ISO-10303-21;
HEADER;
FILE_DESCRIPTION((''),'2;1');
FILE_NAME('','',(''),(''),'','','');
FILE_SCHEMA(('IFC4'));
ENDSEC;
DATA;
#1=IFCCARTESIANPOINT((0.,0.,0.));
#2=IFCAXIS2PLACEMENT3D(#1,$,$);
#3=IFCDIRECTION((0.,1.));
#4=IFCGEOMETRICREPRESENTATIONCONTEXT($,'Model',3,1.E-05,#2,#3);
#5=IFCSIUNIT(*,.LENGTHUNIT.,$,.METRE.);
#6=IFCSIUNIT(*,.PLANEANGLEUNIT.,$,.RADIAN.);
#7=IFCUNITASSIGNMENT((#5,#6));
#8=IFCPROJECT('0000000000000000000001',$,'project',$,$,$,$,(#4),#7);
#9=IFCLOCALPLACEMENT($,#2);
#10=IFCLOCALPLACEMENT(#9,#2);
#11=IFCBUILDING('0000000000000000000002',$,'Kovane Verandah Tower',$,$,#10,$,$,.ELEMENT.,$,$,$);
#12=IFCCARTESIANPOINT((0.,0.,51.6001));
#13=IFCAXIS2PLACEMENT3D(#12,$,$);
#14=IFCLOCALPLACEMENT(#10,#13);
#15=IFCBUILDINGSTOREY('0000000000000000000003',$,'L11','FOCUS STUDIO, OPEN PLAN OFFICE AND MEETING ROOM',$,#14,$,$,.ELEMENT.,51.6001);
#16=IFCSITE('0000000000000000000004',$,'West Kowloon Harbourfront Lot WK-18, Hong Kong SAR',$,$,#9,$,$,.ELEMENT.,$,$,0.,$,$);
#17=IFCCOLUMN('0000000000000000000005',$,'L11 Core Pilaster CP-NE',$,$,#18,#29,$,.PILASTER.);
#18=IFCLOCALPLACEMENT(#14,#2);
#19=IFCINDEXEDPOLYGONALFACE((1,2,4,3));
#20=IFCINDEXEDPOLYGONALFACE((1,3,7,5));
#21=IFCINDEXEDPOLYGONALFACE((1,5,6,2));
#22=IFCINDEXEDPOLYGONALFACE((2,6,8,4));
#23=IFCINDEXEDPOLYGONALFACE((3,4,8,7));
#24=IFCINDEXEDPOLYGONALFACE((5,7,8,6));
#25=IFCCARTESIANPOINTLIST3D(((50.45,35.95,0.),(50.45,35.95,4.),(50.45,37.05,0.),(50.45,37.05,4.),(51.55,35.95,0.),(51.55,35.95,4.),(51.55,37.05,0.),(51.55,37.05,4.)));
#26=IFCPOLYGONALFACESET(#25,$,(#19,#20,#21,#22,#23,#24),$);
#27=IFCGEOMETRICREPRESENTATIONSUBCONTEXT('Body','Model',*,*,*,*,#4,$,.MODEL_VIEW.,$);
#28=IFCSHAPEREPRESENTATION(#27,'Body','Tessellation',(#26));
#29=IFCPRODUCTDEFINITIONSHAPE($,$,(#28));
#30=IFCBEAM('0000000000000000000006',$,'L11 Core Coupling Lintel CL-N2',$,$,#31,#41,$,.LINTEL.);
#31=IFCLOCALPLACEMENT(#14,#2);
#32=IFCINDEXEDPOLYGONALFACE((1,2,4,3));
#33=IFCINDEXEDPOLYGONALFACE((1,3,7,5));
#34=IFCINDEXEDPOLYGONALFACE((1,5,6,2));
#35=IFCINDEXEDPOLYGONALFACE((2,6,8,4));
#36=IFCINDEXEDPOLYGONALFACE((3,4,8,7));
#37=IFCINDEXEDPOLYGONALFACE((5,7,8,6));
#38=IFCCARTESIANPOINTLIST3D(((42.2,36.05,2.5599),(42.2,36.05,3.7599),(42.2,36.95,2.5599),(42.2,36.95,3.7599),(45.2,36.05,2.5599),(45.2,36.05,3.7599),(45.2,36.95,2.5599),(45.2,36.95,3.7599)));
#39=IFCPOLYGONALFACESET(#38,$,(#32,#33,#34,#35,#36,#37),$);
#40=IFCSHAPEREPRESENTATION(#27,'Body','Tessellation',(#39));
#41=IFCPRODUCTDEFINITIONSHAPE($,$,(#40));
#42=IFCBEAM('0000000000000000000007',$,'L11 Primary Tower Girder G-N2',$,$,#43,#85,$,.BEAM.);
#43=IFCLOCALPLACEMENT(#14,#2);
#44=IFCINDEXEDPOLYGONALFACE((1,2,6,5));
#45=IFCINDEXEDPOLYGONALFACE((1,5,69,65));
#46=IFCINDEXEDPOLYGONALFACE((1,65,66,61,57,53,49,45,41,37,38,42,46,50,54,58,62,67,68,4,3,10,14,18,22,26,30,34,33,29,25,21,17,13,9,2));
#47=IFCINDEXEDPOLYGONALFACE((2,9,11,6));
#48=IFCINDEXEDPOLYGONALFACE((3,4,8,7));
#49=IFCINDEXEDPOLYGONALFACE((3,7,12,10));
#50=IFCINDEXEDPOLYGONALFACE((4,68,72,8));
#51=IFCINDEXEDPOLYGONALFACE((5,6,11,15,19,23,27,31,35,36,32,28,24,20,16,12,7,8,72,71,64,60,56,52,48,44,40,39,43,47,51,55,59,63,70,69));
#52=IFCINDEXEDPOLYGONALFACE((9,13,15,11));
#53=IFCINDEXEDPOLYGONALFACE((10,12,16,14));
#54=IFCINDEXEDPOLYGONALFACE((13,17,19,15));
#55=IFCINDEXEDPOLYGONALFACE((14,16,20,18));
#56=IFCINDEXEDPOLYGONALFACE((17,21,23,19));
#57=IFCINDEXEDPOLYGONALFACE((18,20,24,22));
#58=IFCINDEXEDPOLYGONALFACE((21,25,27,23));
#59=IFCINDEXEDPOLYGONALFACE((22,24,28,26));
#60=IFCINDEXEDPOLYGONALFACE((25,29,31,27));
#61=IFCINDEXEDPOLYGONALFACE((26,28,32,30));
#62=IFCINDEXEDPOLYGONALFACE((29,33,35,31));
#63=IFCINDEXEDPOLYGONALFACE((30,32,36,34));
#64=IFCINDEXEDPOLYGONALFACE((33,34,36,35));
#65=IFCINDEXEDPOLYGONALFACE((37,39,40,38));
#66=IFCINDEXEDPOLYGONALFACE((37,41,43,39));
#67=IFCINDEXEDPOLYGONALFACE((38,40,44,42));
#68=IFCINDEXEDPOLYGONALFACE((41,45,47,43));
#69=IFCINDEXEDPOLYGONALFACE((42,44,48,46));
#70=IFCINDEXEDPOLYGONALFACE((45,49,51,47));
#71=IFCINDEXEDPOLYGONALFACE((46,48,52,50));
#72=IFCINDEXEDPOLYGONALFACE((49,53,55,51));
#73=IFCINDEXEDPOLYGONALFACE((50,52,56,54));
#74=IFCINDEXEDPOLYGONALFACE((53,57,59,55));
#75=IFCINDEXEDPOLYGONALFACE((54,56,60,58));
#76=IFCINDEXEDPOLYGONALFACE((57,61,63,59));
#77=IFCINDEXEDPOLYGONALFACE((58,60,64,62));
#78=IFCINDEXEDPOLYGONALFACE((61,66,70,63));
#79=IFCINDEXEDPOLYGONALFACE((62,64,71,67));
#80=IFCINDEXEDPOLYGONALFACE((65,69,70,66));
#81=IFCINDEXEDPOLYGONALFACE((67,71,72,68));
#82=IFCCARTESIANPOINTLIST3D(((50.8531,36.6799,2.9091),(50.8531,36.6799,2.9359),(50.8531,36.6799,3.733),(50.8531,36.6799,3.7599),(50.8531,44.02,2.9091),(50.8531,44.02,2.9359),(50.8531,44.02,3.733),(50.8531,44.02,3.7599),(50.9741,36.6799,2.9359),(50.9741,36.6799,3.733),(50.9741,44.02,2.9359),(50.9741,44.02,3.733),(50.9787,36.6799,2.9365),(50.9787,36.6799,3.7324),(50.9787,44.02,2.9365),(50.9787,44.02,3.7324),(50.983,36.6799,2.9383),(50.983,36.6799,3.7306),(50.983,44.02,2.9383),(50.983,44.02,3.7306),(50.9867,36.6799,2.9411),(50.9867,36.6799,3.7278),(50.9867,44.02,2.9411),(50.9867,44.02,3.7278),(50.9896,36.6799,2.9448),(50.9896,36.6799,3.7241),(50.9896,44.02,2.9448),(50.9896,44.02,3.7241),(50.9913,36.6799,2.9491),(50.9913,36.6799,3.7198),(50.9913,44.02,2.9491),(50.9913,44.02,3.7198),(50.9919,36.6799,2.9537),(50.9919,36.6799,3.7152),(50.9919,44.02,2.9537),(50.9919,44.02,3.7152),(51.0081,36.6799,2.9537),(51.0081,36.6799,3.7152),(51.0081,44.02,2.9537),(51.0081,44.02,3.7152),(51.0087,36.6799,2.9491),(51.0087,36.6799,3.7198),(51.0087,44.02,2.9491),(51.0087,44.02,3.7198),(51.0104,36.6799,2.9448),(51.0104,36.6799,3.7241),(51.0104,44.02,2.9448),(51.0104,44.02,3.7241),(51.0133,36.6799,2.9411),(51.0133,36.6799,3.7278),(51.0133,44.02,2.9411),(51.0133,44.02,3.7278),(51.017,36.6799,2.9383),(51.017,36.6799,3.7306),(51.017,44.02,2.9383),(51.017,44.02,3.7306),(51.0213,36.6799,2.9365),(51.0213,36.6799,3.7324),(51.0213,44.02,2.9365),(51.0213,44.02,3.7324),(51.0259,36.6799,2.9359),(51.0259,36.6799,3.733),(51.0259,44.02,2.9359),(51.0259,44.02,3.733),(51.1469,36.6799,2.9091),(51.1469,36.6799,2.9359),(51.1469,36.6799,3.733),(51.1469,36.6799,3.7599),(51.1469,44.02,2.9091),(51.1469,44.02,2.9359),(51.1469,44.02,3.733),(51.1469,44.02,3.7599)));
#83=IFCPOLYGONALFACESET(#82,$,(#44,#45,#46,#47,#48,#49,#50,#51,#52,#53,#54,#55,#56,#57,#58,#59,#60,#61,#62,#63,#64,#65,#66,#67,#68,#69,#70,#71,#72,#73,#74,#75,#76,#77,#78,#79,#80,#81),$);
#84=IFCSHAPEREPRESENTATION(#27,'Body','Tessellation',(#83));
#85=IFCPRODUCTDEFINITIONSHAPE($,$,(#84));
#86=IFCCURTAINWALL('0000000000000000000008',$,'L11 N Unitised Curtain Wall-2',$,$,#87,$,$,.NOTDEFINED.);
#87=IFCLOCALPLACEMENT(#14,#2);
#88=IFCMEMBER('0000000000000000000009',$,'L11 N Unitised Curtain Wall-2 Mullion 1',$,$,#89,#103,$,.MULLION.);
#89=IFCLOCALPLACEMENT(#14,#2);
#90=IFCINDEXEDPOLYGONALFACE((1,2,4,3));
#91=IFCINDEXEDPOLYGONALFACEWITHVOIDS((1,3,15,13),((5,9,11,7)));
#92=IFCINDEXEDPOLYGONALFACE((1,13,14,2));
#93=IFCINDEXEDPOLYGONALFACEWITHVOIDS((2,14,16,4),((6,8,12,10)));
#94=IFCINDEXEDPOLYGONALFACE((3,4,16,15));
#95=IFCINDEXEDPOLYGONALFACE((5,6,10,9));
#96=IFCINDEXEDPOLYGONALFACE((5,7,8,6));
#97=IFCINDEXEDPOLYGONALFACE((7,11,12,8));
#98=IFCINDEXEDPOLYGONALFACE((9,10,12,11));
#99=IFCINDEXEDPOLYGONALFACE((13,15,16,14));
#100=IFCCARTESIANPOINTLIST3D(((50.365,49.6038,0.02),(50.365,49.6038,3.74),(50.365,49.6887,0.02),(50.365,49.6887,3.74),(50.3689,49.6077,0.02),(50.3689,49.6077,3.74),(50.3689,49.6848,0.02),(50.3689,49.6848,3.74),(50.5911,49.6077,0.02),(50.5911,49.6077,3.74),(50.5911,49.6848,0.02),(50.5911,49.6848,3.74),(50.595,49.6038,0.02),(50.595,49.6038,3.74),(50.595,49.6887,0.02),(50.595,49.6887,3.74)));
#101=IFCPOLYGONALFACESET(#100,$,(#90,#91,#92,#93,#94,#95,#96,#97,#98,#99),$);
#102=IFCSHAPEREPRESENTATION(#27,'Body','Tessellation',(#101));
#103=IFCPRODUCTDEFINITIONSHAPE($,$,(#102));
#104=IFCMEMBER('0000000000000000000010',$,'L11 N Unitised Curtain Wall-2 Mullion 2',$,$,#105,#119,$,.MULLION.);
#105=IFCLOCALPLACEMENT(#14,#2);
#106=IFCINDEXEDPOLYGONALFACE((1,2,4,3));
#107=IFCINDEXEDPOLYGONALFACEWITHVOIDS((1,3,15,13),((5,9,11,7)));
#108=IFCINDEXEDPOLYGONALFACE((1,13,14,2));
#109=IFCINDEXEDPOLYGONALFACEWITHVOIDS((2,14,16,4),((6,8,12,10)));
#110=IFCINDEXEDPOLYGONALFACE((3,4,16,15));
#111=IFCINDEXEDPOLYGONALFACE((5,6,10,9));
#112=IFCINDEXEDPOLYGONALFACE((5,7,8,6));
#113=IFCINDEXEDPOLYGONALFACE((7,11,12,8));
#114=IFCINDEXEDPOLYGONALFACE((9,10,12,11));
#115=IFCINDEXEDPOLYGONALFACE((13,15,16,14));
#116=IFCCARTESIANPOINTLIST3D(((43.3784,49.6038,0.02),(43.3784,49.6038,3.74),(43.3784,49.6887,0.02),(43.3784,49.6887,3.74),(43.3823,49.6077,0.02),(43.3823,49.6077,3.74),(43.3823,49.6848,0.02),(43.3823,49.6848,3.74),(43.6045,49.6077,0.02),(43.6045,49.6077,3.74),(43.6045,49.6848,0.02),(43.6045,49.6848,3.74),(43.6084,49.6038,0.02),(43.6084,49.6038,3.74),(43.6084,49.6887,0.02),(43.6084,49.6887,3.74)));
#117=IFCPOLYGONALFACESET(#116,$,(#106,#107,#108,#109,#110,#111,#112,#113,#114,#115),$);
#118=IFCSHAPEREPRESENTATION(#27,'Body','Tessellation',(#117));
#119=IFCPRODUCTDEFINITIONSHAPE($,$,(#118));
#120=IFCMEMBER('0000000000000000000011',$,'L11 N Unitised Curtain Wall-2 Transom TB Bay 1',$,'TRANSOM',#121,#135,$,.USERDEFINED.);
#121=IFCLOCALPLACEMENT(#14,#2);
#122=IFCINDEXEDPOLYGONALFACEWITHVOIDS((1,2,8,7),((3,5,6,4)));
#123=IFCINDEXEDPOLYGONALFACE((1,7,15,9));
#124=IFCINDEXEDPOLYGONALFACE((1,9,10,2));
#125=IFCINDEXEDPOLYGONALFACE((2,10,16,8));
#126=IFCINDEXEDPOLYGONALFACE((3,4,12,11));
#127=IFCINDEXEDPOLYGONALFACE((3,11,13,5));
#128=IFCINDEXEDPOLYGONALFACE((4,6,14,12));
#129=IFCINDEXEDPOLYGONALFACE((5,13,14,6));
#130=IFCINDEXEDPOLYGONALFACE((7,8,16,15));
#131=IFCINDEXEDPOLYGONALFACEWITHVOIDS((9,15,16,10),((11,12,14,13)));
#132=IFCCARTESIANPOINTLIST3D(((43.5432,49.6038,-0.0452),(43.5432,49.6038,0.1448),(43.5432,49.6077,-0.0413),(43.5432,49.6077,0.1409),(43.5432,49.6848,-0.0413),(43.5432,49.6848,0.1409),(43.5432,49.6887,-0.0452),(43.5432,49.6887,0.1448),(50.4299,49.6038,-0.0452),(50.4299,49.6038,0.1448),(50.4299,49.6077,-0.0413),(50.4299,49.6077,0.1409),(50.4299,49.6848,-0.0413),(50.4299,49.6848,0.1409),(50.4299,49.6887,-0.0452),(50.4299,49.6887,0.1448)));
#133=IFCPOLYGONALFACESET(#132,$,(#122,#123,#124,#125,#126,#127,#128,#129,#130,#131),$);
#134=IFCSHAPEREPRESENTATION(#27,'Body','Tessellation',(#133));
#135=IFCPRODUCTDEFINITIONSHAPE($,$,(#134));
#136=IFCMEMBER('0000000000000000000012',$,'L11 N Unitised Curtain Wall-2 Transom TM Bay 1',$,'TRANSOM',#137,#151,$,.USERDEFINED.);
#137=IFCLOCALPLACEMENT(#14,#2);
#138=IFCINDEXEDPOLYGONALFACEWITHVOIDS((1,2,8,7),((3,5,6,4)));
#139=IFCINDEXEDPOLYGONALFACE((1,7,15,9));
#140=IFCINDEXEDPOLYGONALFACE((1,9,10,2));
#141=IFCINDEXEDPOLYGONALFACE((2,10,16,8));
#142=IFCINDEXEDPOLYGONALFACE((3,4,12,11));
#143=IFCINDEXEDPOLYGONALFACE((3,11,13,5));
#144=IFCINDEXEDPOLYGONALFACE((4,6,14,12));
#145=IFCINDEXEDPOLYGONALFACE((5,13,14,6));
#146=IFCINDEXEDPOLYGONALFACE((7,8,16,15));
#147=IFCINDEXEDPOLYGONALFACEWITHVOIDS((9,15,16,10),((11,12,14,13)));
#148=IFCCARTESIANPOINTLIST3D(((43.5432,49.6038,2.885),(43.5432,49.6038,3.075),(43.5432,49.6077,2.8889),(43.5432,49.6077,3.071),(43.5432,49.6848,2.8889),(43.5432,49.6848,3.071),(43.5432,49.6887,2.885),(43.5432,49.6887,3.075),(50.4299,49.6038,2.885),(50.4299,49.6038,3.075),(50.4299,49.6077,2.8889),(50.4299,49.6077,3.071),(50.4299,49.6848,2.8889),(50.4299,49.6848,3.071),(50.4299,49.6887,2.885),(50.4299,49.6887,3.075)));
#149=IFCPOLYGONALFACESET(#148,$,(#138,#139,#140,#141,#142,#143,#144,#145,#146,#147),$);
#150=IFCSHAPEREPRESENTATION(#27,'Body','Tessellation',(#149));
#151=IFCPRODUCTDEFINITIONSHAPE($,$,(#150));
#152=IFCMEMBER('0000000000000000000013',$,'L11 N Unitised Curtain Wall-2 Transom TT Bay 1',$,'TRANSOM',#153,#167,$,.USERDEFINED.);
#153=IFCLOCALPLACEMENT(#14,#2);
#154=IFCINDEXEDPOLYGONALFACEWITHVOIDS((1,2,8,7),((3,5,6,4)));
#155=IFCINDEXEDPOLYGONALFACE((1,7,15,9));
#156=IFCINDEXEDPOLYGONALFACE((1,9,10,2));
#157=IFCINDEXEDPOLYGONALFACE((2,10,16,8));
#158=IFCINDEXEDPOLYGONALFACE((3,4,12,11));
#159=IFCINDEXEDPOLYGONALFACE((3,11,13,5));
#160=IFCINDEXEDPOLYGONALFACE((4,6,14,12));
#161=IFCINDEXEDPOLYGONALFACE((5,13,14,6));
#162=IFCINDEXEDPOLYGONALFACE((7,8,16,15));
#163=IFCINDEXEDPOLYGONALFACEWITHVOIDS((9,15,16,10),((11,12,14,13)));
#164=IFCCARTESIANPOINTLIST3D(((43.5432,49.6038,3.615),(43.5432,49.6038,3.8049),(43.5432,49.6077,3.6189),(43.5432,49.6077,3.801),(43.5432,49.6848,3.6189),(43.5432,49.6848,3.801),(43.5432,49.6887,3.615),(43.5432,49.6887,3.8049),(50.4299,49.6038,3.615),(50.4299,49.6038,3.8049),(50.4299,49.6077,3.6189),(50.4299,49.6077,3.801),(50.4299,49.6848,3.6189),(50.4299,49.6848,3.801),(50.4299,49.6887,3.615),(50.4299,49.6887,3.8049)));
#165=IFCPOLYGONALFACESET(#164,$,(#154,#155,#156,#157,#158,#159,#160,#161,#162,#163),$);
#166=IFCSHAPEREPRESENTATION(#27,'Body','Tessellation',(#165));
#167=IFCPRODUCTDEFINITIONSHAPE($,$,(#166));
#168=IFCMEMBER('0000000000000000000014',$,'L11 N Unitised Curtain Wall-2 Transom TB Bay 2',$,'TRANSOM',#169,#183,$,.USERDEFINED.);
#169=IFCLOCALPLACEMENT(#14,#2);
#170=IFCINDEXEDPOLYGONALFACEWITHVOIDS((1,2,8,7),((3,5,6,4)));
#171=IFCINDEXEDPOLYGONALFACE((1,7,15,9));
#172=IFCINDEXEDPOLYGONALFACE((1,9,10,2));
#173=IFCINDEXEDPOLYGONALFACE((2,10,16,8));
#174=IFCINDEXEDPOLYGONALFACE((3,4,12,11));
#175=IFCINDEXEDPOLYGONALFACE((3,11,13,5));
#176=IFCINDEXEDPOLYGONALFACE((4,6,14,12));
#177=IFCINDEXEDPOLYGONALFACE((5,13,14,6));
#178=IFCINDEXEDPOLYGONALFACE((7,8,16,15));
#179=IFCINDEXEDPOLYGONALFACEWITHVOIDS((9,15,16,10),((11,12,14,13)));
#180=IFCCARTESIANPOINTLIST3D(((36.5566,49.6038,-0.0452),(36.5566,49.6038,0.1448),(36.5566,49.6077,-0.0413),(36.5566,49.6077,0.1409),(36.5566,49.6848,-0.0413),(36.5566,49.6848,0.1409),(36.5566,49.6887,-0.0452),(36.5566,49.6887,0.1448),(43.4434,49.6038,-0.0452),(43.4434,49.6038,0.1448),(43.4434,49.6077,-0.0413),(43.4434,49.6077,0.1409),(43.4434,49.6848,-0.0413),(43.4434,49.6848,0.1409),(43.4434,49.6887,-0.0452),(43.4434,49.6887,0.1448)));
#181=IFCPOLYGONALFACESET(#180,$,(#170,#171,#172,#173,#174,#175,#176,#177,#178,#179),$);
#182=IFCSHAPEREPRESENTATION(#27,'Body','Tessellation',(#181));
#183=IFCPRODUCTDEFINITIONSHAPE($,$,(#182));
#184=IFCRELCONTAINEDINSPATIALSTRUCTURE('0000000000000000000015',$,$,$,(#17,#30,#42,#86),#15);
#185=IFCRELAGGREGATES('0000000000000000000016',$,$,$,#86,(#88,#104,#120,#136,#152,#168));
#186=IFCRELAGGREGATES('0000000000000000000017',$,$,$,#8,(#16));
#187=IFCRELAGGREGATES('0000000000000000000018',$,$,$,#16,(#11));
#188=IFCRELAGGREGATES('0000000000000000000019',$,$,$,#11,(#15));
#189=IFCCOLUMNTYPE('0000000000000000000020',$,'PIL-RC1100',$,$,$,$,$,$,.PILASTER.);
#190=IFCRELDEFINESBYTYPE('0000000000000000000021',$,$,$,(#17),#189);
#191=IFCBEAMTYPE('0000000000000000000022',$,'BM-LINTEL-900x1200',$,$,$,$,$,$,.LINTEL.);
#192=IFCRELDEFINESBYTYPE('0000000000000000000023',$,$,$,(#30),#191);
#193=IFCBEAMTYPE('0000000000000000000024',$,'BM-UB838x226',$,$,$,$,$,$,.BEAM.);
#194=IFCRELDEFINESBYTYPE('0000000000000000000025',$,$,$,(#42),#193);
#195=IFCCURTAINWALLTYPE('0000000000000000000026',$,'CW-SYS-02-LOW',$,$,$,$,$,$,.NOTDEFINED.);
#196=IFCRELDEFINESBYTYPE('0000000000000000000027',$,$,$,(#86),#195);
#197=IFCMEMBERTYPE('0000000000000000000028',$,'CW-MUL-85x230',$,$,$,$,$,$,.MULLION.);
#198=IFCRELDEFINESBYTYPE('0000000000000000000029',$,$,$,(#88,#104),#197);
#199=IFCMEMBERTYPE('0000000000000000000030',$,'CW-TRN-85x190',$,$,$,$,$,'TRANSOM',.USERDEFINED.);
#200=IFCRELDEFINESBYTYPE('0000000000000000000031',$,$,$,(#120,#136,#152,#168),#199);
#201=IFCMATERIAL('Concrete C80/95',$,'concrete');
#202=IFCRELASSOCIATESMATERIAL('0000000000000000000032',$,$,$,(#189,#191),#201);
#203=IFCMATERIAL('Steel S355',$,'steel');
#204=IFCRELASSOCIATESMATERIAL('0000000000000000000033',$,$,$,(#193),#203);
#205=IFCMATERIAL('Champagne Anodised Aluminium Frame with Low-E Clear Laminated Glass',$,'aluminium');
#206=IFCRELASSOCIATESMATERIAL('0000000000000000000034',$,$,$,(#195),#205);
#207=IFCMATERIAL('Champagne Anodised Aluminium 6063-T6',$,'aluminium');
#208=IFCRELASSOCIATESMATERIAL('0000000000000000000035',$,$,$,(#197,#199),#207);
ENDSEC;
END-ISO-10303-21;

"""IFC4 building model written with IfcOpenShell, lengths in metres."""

from ifc_helpers import new_model, si_unit, direction, frame, origin, origin_2d, place, context, subcontext, project, spatial, rectangle, hollow_rectangle, i_section, extrude, material, material_profile, profile_set, type_object, element, aggregate, save


model = new_model("IFC4")

# Units and contexts
model_context = context("Model", 3, precision=1e-05, world=origin(), true_north=direction((0.0, 1.0)))
body_context = subcontext(model_context, "Body", "Model", "MODEL_VIEW")
ifc_project = project(units=[si_unit("LENGTHUNIT", "METRE"), si_unit("PLANEANGLEUNIT", "RADIAN")], contexts=[model_context])

# Site, building, storey
site_placement = place(None, origin())
site = spatial("IfcSite", under=ifc_project, at=site_placement, Name="West Kowloon Harbourfront Lot WK-18, Hong Kong SAR", CompositionType="ELEMENT", RefElevation=0.0)
building_placement = place(site_placement, origin())
building = spatial("IfcBuilding", under=site, at=building_placement, Name="Kovane Verandah Tower", CompositionType="ELEMENT")
storey_placement = place(building_placement, frame((0.0, 0.0, 51.6001)))
storey = spatial("IfcBuildingStorey", under=building, at=storey_placement, Name="L11", Description="FOCUS STUDIO, OPEN PLAN OFFICE AND MEETING ROOM", CompositionType="ELEMENT", Elevation=51.6001)

# Column
ifc_material_1 = material(Name="Concrete C80/95", Category="concrete")
ifc_material_profile_1 = material_profile(ifc_material_1, rectangle(XDim=1.1001, YDim=1.1001, at=origin_2d()), Name="RC1100x1100")
ifc_profile_set_1 = profile_set([ifc_material_profile_1], Name="Concrete C80/95")
column_type = type_object("IfcColumnType", Name="PIL-RC1100", PredefinedType="PILASTER", material=ifc_profile_set_1)
column_placement = place(storey_placement, frame((51.0, 36.5, 0.0), z_axis=(0.0, 0.0, 1.0), x_axis=(1.0, 0.0, 0.0)))
element("IfcColumn", 1, at=column_placement, inside=storey, type_object=column_type, Name="L11 Core Pilaster CP-NE", PredefinedType="PILASTER", context=body_context, shape_type="SweptSolid", body=[
    extrude(rectangle(XDim=1.1001, YDim=1.1001, at=origin_2d()), origin(), (0.0, 0.0, 1.0), 4.0),
])

# Beams
ifc_material_profile_2 = material_profile(ifc_material_1, rectangle(XDim=0.8999, YDim=1.2, at=origin_2d()), Name="RCB900x1200")
ifc_profile_set_2 = profile_set([ifc_material_profile_2], Name="Concrete C80/95")
beam_type_1 = type_object("IfcBeamType", Name="BM-LINTEL-900x1200", PredefinedType="LINTEL", material=ifc_profile_set_2)
beam_1_placement = place(storey_placement, frame((42.2, 36.5, 3.1599), z_axis=(1.0, 0.0, 0.0), x_axis=(0.0, 1.0, 0.0)))
element("IfcBeam", 2, at=beam_1_placement, inside=storey, type_object=beam_type_1, Name="L11 Core Coupling Lintel CL-N2", PredefinedType="LINTEL", context=body_context, shape_type="SweptSolid", body=[
    extrude(rectangle(XDim=0.8999, YDim=1.2, at=origin_2d()), origin(), (0.0, 0.0, 1.0), 3.0),
])
ifc_material_2 = material(Name="Steel S355", Category="steel")
ifc_material_profile_3 = material_profile(ifc_material_2, i_section(OverallWidth=0.2937, OverallDepth=0.8508, WebThickness=0.0161, FlangeThickness=0.0269, FilletRadius=0.0178, at=origin_2d()), Name="UB838x292x226")
ifc_profile_set_3 = profile_set([ifc_material_profile_3], Name="Steel S355")
beam_type_2 = type_object("IfcBeamType", Name="BM-UB838x226", PredefinedType="BEAM", material=ifc_profile_set_3)
beam_2_placement = place(storey_placement, frame((51.0, 36.6799, 3.3345), z_axis=(0.0, 1.0, 0.0), x_axis=(-1.0, 0.0, 0.0)))
element("IfcBeam", 3, at=beam_2_placement, inside=storey, type_object=beam_type_2, Name="L11 Primary Tower Girder G-N2", PredefinedType="BEAM", context=body_context, shape_type="SweptSolid", body=[
    extrude(i_section(OverallWidth=0.2937, OverallDepth=0.8508, WebThickness=0.0161, FlangeThickness=0.0269, FilletRadius=0.0178, at=origin_2d()), origin(), (0.0, 0.0, 1.0), 7.3401),
])

# Curtain wall, members
ifc_material_3 = material(Name="Champagne Anodised Aluminium Frame with Low-E Clear Laminated Glass", Category="aluminium")
curtain_wall_type = type_object("IfcCurtainWallType", Name="CW-SYS-02-LOW", PredefinedType="NOTDEFINED", material=ifc_material_3)
curtain_wall_placement = place(storey_placement, origin())
curtain_wall = element("IfcCurtainWall", 4, at=curtain_wall_placement, inside=storey, type_object=curtain_wall_type, Name="L11 N Unitised Curtain Wall-2", PredefinedType="NOTDEFINED")
ifc_material_4 = material(Name="Champagne Anodised Aluminium 6063-T6", Category="aluminium")
ifc_material_profile_4 = material_profile(ifc_material_4, hollow_rectangle(XDim=0.085, YDim=0.23, WallThickness=0.0039, at=origin_2d()), Name="AL85x230x4")
ifc_profile_set_4 = profile_set([ifc_material_profile_4], Name="Champagne Anodised Aluminium 6063-T6")
member_type_1 = type_object("IfcMemberType", Name="CW-MUL-85x230", PredefinedType="MULLION", material=ifc_profile_set_4)
member_1_placement = place(storey_placement, frame((50.48, 49.6462, 0.02), z_axis=(0.0, 0.0, 1.0), x_axis=(0.0, 1.0, 0.0)))
member_1 = element("IfcMember", 5, at=member_1_placement, type_object=member_type_1, Name="L11 N Unitised Curtain Wall-2 Mullion 1", PredefinedType="MULLION", context=body_context, shape_type="SweptSolid", body=[
    extrude(hollow_rectangle(XDim=0.085, YDim=0.23, WallThickness=0.0039, at=origin_2d()), origin(), (0.0, 0.0, 1.0), 3.72),
])
member_2_placement = place(storey_placement, frame((43.4934, 49.6462, 0.02), z_axis=(0.0, 0.0, 1.0), x_axis=(0.0, 1.0, 0.0)))
member_2 = element("IfcMember", 6, at=member_2_placement, type_object=member_type_1, Name="L11 N Unitised Curtain Wall-2 Mullion 2", PredefinedType="MULLION", context=body_context, shape_type="SweptSolid", body=[
    extrude(hollow_rectangle(XDim=0.085, YDim=0.23, WallThickness=0.0039, at=origin_2d()), origin(), (0.0, 0.0, 1.0), 3.72),
])
ifc_material_profile_5 = material_profile(ifc_material_4, hollow_rectangle(XDim=0.085, YDim=0.1899, WallThickness=0.0039, at=origin_2d()), Name="AL85x190x4")
ifc_profile_set_5 = profile_set([ifc_material_profile_5], Name="Champagne Anodised Aluminium 6063-T6")
member_type_2 = type_object("IfcMemberType", Name="CW-TRN-85x190", ElementType="TRANSOM", PredefinedType="USERDEFINED", material=ifc_profile_set_5)
member_3_placement = place(storey_placement, frame((50.4299, 49.6462, 0.0498), z_axis=(-1.0, 0.0, 0.0), x_axis=(0.0, -1.0, 0.0)))
member_3 = element("IfcMember", 7, at=member_3_placement, type_object=member_type_2, Name="L11 N Unitised Curtain Wall-2 Transom TB Bay 1", ObjectType="TRANSOM", PredefinedType="USERDEFINED", context=body_context, shape_type="SweptSolid", body=[
    extrude(hollow_rectangle(XDim=0.085, YDim=0.1899, WallThickness=0.0039, at=origin_2d()), origin(), (0.0, 0.0, 1.0), 6.8867),
])
member_4_placement = place(storey_placement, frame((50.4299, 49.6462, 2.98), z_axis=(-1.0, 0.0, 0.0), x_axis=(0.0, -1.0, 0.0)))
member_4 = element("IfcMember", 8, at=member_4_placement, type_object=member_type_2, Name="L11 N Unitised Curtain Wall-2 Transom TM Bay 1", ObjectType="TRANSOM", PredefinedType="USERDEFINED", context=body_context, shape_type="SweptSolid", body=[
    extrude(hollow_rectangle(XDim=0.085, YDim=0.1899, WallThickness=0.0039, at=origin_2d()), origin(), (0.0, 0.0, 1.0), 6.8867),
])
member_5_placement = place(storey_placement, frame((50.4299, 49.6462, 3.71), z_axis=(-1.0, 0.0, 0.0), x_axis=(0.0, -1.0, 0.0)))
member_5 = element("IfcMember", 9, at=member_5_placement, type_object=member_type_2, Name="L11 N Unitised Curtain Wall-2 Transom TT Bay 1", ObjectType="TRANSOM", PredefinedType="USERDEFINED", context=body_context, shape_type="SweptSolid", body=[
    extrude(hollow_rectangle(XDim=0.085, YDim=0.1899, WallThickness=0.0039, at=origin_2d()), origin(), (0.0, 0.0, 1.0), 6.8867),
])
member_6_placement = place(storey_placement, frame((43.4434, 49.6462, 0.0498), z_axis=(-1.0, 0.0, 0.0), x_axis=(0.0, -1.0, 0.0)))
member_6 = element("IfcMember", 10, at=member_6_placement, type_object=member_type_2, Name="L11 N Unitised Curtain Wall-2 Transom TB Bay 2", ObjectType="TRANSOM", PredefinedType="USERDEFINED", context=body_context, shape_type="SweptSolid", body=[
    extrude(hollow_rectangle(XDim=0.085, YDim=0.1899, WallThickness=0.0039, at=origin_2d()), origin(), (0.0, 0.0, 1.0), 6.8867),
])
aggregate(curtain_wall, [member_1, member_2, member_3, member_4, member_5, member_6])

save(model, "model.ifc")
